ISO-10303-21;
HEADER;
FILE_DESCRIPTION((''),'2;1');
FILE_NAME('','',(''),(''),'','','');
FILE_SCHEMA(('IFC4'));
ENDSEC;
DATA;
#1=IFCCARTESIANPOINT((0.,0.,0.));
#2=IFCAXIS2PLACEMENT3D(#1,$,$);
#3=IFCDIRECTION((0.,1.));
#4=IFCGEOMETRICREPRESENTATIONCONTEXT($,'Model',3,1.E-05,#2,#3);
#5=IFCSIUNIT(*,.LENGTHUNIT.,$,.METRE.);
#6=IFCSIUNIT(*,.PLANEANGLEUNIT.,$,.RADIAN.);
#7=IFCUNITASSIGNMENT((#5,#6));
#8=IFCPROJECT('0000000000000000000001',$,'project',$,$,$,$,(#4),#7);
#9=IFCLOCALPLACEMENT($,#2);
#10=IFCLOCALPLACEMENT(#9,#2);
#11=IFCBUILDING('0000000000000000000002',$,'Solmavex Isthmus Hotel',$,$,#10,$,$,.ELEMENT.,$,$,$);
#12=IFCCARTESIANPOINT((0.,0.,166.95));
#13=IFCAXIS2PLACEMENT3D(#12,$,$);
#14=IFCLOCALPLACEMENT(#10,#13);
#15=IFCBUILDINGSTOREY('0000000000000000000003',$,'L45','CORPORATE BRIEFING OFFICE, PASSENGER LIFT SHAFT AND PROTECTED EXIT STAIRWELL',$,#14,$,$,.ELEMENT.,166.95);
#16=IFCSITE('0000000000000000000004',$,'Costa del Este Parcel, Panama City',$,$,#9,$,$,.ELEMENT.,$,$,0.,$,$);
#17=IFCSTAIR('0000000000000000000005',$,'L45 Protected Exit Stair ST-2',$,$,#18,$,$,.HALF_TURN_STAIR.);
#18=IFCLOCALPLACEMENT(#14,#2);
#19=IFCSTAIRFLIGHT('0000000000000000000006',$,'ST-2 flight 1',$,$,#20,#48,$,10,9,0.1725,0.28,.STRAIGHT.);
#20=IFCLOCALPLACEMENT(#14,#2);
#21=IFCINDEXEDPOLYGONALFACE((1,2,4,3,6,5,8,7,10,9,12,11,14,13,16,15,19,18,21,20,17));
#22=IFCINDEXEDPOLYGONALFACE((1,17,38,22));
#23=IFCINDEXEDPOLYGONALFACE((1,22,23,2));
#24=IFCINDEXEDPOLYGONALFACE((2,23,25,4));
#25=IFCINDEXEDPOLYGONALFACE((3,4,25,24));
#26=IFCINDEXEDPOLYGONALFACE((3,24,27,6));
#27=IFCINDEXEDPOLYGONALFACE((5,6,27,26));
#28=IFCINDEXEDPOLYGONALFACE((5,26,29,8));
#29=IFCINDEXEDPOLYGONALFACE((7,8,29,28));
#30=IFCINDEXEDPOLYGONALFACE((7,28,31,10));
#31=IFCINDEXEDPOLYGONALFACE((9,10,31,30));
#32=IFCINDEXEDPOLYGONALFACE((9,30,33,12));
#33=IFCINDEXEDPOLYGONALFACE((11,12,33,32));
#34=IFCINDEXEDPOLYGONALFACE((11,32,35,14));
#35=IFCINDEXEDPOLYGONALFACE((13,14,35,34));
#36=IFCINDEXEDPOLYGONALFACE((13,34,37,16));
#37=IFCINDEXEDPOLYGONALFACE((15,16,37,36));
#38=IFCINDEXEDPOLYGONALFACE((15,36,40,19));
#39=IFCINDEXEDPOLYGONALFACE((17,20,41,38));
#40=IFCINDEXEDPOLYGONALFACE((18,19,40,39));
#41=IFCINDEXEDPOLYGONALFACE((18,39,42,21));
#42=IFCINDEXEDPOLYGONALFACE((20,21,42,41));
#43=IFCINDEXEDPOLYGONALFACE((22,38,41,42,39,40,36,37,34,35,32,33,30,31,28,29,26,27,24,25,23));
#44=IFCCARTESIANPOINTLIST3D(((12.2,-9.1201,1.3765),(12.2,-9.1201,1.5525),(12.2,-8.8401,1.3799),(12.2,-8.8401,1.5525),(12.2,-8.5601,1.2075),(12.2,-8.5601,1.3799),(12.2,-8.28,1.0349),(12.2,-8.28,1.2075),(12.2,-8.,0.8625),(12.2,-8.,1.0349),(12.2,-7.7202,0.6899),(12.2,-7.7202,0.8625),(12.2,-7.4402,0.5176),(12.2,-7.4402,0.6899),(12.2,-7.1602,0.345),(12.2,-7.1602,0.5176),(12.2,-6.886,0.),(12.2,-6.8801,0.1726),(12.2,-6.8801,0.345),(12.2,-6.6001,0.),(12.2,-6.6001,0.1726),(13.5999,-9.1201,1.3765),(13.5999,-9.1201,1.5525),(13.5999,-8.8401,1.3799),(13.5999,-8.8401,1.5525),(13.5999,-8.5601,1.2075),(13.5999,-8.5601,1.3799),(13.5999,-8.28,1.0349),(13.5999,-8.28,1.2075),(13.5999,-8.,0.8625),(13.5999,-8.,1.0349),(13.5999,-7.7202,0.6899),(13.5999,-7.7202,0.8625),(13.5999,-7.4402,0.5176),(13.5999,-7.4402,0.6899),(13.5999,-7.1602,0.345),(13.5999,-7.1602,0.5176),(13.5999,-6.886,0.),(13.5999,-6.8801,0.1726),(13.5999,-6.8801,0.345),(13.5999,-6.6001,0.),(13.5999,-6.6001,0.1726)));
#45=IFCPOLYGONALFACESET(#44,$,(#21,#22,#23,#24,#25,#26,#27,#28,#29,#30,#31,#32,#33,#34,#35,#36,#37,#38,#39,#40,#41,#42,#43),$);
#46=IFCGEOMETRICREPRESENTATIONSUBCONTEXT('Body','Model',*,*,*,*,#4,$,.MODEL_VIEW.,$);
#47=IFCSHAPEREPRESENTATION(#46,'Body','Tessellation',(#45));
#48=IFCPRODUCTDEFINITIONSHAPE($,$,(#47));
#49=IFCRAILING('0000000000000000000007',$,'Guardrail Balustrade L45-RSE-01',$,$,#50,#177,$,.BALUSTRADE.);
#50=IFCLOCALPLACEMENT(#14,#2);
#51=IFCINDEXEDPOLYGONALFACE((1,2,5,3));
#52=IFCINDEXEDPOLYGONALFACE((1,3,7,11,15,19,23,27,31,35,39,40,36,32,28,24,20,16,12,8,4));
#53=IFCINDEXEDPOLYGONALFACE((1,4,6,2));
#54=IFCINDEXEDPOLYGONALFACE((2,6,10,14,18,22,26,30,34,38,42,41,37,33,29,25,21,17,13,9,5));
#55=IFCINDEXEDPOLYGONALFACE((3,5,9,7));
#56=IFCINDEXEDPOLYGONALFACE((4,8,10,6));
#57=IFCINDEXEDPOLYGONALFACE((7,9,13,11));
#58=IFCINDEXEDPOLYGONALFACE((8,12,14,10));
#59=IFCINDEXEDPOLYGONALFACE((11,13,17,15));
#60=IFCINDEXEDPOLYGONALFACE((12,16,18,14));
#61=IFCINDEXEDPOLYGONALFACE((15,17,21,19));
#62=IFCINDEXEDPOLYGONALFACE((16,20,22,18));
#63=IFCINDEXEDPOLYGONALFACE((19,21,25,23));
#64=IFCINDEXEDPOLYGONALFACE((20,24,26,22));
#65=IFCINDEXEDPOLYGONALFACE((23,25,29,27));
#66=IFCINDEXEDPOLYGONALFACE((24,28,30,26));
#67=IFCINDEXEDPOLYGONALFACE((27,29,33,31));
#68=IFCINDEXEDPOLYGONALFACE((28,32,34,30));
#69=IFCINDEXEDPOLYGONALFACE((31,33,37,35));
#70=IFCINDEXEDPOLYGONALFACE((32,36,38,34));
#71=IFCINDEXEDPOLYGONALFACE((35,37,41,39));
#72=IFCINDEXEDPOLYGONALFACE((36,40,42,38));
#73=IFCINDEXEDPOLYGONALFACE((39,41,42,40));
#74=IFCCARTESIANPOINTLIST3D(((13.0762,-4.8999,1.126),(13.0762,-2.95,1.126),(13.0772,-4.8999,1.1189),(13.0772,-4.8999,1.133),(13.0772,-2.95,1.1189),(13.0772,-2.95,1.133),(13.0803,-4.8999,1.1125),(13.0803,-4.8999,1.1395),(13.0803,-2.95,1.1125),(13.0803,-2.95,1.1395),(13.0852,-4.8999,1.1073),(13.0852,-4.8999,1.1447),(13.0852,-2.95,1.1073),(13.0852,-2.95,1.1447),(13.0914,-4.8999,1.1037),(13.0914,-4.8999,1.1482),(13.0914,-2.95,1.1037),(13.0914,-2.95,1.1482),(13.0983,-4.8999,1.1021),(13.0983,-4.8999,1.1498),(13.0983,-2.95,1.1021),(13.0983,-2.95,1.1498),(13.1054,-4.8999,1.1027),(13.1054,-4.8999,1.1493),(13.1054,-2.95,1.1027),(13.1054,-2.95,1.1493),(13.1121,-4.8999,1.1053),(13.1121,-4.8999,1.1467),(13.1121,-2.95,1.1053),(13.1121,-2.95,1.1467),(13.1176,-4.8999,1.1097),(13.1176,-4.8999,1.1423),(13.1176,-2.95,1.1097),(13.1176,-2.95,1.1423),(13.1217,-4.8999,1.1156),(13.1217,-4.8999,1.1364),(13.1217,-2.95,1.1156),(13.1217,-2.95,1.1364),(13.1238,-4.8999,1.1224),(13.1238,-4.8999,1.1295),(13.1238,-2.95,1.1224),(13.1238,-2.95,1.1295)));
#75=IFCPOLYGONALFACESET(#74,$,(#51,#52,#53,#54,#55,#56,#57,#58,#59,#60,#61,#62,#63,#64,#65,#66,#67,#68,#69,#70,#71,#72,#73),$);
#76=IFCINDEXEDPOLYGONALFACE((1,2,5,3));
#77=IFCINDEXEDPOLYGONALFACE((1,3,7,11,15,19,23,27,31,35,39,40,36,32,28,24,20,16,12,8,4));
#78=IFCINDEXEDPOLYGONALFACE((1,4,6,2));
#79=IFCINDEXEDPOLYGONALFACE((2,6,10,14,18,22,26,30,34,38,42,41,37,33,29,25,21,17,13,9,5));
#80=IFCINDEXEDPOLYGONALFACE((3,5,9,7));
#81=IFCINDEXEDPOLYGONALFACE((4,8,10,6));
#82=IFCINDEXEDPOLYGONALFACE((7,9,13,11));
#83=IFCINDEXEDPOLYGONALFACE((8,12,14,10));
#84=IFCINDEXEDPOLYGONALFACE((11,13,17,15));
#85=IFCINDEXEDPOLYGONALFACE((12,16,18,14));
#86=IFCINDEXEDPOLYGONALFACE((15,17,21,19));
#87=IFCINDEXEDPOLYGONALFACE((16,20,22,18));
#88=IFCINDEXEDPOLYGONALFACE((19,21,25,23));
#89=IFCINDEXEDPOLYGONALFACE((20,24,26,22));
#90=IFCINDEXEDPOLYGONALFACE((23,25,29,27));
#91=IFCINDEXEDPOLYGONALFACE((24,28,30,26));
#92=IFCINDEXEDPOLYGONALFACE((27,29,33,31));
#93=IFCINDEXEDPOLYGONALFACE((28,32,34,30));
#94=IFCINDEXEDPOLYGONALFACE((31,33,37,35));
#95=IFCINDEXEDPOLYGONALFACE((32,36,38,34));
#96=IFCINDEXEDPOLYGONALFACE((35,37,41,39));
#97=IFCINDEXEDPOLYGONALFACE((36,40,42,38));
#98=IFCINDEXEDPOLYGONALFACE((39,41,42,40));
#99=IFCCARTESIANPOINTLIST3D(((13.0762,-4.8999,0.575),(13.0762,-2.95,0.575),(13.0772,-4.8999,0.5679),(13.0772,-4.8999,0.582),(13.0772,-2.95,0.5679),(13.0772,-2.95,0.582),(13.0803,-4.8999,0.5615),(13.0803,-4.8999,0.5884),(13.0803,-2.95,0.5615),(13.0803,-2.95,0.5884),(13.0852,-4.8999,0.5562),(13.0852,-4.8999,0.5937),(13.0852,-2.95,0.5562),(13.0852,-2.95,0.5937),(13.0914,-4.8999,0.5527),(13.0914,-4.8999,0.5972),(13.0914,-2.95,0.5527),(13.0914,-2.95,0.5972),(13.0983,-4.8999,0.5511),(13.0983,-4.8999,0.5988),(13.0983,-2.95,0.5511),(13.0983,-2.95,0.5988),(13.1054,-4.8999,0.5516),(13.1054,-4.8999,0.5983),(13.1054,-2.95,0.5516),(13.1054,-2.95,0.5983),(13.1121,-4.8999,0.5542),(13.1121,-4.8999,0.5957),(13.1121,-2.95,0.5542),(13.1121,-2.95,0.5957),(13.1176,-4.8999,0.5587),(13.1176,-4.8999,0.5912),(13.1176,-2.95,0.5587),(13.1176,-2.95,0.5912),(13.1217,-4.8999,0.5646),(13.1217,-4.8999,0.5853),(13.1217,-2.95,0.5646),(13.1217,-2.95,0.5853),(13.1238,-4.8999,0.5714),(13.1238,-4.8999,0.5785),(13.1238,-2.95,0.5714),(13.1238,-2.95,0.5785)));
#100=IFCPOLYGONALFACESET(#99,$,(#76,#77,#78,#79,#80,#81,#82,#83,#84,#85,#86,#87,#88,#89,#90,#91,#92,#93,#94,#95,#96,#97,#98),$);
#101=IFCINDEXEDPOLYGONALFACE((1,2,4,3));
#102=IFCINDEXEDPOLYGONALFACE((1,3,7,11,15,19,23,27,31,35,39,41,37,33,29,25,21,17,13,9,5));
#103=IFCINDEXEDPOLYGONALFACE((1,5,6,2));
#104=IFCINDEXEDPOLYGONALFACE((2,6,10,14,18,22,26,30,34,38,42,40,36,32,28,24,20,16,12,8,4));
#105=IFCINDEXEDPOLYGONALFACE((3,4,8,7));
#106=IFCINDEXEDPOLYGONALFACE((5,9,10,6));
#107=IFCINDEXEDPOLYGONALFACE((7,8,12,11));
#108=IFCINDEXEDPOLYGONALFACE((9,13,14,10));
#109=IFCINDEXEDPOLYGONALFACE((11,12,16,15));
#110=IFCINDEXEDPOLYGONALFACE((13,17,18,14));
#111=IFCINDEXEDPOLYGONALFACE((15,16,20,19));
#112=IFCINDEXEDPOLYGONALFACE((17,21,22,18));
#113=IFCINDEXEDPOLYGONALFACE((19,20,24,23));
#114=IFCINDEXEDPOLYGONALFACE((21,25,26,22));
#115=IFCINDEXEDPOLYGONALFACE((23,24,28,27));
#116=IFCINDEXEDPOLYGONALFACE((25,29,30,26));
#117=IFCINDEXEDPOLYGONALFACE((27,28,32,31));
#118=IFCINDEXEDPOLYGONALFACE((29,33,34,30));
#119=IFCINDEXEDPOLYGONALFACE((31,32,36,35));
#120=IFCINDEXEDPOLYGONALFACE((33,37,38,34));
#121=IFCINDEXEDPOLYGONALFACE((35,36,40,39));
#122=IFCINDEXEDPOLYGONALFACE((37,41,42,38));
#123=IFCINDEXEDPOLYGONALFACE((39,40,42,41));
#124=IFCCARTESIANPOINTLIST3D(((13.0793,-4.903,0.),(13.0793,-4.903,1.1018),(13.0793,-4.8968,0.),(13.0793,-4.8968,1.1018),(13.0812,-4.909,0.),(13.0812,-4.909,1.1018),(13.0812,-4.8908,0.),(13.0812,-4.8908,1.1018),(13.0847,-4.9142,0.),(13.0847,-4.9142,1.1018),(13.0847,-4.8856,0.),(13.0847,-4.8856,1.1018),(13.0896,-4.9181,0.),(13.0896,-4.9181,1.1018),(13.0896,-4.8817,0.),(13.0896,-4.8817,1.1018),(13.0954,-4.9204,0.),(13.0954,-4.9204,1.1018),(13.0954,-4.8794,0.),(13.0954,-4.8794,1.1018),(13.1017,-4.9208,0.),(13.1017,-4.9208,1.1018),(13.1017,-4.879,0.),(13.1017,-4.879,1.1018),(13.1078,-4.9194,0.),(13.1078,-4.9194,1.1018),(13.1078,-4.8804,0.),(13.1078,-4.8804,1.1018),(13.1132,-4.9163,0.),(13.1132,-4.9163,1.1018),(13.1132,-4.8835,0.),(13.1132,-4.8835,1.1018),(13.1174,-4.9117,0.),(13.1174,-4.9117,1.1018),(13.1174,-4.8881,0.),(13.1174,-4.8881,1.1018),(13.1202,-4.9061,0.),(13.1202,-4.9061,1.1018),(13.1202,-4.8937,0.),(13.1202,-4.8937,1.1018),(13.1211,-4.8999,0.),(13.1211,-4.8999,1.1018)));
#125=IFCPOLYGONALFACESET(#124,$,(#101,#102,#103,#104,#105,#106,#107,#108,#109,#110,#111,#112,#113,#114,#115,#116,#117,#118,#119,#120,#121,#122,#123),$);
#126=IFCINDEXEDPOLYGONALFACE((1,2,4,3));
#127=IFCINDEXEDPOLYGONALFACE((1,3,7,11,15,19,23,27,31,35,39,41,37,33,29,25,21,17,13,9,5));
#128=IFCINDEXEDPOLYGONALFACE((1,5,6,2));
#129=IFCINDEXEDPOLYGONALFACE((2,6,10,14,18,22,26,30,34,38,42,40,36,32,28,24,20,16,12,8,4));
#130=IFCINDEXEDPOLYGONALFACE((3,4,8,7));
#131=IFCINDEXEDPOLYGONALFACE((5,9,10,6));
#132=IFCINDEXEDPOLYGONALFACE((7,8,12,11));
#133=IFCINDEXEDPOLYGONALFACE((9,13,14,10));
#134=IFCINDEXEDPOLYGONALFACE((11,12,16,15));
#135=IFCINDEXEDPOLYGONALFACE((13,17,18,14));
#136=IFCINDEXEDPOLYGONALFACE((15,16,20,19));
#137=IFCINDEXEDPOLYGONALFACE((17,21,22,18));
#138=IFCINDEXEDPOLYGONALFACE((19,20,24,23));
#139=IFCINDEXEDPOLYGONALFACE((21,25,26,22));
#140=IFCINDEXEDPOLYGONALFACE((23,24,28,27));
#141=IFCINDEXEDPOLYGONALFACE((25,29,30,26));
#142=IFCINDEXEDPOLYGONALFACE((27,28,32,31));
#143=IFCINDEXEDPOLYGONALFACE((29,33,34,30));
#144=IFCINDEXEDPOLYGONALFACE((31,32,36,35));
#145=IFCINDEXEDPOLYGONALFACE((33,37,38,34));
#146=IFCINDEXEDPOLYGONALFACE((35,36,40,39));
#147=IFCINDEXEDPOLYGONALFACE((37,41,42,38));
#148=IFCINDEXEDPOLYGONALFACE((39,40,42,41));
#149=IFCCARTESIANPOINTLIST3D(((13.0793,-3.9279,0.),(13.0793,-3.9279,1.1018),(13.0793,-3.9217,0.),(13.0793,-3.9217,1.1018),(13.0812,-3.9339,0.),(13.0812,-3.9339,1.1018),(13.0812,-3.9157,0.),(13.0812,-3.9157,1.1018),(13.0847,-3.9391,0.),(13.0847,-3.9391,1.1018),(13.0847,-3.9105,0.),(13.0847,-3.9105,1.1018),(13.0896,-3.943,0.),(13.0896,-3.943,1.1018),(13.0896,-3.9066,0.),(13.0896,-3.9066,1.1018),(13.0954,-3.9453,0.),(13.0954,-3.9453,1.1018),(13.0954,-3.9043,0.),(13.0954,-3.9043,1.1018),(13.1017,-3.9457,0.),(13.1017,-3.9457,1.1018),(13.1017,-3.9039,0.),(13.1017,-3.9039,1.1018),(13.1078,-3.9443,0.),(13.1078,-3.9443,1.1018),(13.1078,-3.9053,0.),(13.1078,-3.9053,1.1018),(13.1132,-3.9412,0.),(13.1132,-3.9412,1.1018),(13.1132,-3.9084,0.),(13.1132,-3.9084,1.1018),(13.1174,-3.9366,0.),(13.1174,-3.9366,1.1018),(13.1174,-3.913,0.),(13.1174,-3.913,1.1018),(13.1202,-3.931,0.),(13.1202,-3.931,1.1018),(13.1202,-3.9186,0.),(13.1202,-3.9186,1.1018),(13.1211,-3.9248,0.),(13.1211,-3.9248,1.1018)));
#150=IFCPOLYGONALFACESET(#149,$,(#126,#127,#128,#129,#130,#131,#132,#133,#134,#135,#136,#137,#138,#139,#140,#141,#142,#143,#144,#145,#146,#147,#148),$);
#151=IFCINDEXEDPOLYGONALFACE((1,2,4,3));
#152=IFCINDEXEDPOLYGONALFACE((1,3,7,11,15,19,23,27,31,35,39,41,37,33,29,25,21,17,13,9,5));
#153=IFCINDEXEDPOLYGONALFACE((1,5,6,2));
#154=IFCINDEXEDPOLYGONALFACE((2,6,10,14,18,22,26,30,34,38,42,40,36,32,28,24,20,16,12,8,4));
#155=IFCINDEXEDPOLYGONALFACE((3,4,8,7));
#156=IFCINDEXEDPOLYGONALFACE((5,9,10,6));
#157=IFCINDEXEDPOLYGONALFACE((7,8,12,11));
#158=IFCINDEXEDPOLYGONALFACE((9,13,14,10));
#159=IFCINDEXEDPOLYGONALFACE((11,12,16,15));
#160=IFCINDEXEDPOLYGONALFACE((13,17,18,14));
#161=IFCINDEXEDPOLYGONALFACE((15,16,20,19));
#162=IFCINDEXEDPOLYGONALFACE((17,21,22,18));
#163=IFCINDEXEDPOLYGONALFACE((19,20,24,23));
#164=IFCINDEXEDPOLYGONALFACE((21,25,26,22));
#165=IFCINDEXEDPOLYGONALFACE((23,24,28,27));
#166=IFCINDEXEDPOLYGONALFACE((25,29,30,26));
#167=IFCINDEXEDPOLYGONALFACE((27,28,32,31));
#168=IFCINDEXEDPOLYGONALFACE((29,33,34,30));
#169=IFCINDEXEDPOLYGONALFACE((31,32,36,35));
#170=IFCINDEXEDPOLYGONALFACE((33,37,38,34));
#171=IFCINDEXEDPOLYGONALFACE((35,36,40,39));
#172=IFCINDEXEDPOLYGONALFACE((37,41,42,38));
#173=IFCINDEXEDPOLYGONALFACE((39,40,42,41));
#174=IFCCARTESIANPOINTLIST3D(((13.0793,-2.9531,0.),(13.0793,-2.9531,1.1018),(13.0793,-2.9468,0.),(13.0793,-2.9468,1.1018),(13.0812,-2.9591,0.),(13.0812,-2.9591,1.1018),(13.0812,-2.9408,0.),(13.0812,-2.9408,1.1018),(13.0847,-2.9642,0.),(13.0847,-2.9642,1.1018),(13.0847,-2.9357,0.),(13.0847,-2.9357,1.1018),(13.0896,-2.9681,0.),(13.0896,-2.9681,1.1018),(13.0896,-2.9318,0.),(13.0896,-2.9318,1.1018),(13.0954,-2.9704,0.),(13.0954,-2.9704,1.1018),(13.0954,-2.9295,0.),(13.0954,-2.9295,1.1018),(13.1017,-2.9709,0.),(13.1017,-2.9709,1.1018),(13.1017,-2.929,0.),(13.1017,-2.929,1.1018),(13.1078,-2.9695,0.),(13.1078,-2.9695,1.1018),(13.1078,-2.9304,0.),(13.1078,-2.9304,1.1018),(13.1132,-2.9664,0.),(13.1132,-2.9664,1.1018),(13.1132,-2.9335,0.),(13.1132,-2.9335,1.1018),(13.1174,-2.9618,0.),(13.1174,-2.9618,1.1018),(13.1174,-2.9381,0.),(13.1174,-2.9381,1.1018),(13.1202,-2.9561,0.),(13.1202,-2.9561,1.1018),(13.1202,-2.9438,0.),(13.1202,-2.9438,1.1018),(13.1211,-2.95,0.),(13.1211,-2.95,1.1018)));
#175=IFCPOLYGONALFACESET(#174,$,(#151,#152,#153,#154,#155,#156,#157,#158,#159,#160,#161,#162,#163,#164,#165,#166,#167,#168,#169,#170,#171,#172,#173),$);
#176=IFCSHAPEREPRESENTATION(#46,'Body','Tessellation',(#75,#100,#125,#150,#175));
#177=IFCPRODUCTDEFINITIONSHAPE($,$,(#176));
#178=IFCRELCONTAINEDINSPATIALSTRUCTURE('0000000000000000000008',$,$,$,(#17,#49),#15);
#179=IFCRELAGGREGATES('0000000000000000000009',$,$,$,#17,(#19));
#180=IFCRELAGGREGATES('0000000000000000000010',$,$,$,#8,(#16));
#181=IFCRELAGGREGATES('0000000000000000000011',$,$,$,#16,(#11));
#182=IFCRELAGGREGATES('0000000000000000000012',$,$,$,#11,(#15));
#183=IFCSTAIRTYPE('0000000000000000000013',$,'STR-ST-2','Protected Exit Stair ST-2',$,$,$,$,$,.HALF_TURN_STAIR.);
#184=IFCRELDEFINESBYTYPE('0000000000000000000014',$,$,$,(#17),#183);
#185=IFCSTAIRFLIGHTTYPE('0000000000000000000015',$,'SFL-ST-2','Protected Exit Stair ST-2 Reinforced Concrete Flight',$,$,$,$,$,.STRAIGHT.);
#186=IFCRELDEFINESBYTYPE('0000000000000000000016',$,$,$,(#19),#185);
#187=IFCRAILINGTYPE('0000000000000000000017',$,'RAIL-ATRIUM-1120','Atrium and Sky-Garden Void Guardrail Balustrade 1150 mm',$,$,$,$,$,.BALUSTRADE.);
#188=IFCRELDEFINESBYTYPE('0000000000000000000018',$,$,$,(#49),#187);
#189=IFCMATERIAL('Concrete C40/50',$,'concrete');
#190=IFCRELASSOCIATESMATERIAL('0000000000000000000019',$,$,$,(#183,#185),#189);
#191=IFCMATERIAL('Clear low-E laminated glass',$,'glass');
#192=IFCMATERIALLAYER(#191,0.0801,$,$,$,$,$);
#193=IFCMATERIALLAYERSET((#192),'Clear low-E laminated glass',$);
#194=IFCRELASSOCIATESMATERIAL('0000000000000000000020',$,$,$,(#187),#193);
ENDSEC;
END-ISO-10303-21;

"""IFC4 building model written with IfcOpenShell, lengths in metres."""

from ifc_helpers import new_model, si_unit, direction, frame, origin, origin_2d, place, context, subcontext, project, spatial, polyline, circle, outline, extrude, material, layer, layer_set, type_object, element, aggregate, save


model = new_model("IFC4")

# Units and contexts
model_context = context("Model", 3, precision=1e-05, world=origin(), true_north=direction((0.0, 1.0)))
body_context = subcontext(model_context, "Body", "Model", "MODEL_VIEW")
ifc_project = project(units=[si_unit("LENGTHUNIT", "METRE"), si_unit("PLANEANGLEUNIT", "RADIAN")], contexts=[model_context])

# Site, building, storey
site_placement = place(None, origin())
site = spatial("IfcSite", under=ifc_project, at=site_placement, Name="Costa del Este Parcel, Panama City", CompositionType="ELEMENT", RefElevation=0.0)
building_placement = place(site_placement, origin())
building = spatial("IfcBuilding", under=site, at=building_placement, Name="Solmavex Isthmus Hotel", CompositionType="ELEMENT")
storey_placement = place(building_placement, frame((0.0, 0.0, 166.95)))
storey = spatial("IfcBuildingStorey", under=building, at=storey_placement, Name="L45", Description="CORPORATE BRIEFING OFFICE, PASSENGER LIFT SHAFT AND PROTECTED EXIT STAIRWELL", CompositionType="ELEMENT", Elevation=166.95)

# Shared definitions
ifc_material_1 = material(Name="Concrete C40/50", Category="concrete")

# Stair, stair flight
stair_type = type_object("IfcStairType", Name="STR-ST-2", Description="Protected Exit Stair ST-2", PredefinedType="HALF_TURN_STAIR", material=ifc_material_1)
stair_placement = place(storey_placement, origin())
stair = element("IfcStair", 1, at=stair_placement, inside=storey, type_object=stair_type, Name="L45 Protected Exit Stair ST-2", PredefinedType="HALF_TURN_STAIR")
stair_flight_type = type_object("IfcStairFlightType", Name="SFL-ST-2", Description="Protected Exit Stair ST-2 Reinforced Concrete Flight", PredefinedType="STRAIGHT", material=ifc_material_1)
stair_flight_placement = place(storey_placement, frame((12.8999, -6.6001, 0.0), z_axis=(0.0, 0.0, 1.0), x_axis=(0.0, -1.0, 0.0)))
stair_flight = element("IfcStairFlight", 2, at=stair_flight_placement, type_object=stair_flight_type, Name="ST-2 flight 1", NumberOfRisers=10, NumberOfTreads=9, PredefinedType="STRAIGHT", RiserHeight=0.1725, TreadLength=0.28, context=body_context, shape_type="SweptSolid", body=[
    extrude(outline(polyline([(0.0, 0.0), (0.0, 0.1726), (0.28, 0.1726), (0.28, 0.345), (0.5601, 0.345), (0.5601, 0.5176), (0.8401, 0.5176), (0.8401, 0.6899), (1.1201, 0.6899), (1.1201, 0.8625), (1.3999, 0.8625), (1.3999, 1.0349), (1.6799, 1.0349), (1.6799, 1.2075), (1.96, 1.2075), (1.96, 1.3799), (2.24, 1.3799), (2.24, 1.5525), (2.52, 1.5525), (2.52, 1.7251), (2.52, 1.3765), (0.2859, 0.0), (0.0, 0.0)])), frame((0.0, 0.7, 0.0), z_axis=(0.0, -1.0, 0.0), x_axis=(1.0, 0.0, 0.0)), (0.0, 0.0, 1.0), 1.3999),
])
aggregate(stair, [stair_flight])

# Railing
ifc_material_2 = material(Name="Clear low-E laminated glass", Category="glass")
ifc_layer_1 = layer(ifc_material_2, 0.0801)
ifc_layer_set_1 = layer_set([ifc_layer_1], Name="Clear low-E laminated glass")
railing_type_1 = type_object("IfcRailingType", Name="RAIL-ATRIUM-1120", Description="Atrium and Sky-Garden Void Guardrail Balustrade 1150 mm", PredefinedType="BALUSTRADE", material=ifc_layer_set_1)
railing_1_placement = place(storey_placement, frame((13.1001, -4.8999, 0.0)))
element("IfcRailing", 3, at=railing_1_placement, inside=storey, type_object=railing_type_1, Name="Guardrail Balustrade L45-RSE-01", PredefinedType="BALUSTRADE", context=body_context, shape_type="SweptSolid", body=[
    extrude(circle(Radius=0.0239, at=origin_2d()), frame((0.0, 0.0, 1.126), z_axis=(0.0, 1.0, 0.0), x_axis=(-1.0, 0.0, 0.0)), (0.0, 0.0, 1.0), 1.95),
    extrude(circle(Radius=0.0239, at=origin_2d()), frame((0.0, 0.0, 0.575), z_axis=(0.0, 1.0, 0.0), x_axis=(-1.0, 0.0, 0.0)), (0.0, 0.0, 1.0), 1.95),
    extrude(circle(Radius=0.021, at=origin_2d()), origin(), (0.0, 0.0, 1.0), 1.1018),
    extrude(circle(Radius=0.021, at=origin_2d()), frame((0.0, 0.9751, 0.0)), (0.0, 0.0, 1.0), 1.1018),
    extrude(circle(Radius=0.021, at=origin_2d()), frame((0.0, 1.95, 0.0)), (0.0, 0.0, 1.0), 1.1018),
])

save(model, "model.ifc")
